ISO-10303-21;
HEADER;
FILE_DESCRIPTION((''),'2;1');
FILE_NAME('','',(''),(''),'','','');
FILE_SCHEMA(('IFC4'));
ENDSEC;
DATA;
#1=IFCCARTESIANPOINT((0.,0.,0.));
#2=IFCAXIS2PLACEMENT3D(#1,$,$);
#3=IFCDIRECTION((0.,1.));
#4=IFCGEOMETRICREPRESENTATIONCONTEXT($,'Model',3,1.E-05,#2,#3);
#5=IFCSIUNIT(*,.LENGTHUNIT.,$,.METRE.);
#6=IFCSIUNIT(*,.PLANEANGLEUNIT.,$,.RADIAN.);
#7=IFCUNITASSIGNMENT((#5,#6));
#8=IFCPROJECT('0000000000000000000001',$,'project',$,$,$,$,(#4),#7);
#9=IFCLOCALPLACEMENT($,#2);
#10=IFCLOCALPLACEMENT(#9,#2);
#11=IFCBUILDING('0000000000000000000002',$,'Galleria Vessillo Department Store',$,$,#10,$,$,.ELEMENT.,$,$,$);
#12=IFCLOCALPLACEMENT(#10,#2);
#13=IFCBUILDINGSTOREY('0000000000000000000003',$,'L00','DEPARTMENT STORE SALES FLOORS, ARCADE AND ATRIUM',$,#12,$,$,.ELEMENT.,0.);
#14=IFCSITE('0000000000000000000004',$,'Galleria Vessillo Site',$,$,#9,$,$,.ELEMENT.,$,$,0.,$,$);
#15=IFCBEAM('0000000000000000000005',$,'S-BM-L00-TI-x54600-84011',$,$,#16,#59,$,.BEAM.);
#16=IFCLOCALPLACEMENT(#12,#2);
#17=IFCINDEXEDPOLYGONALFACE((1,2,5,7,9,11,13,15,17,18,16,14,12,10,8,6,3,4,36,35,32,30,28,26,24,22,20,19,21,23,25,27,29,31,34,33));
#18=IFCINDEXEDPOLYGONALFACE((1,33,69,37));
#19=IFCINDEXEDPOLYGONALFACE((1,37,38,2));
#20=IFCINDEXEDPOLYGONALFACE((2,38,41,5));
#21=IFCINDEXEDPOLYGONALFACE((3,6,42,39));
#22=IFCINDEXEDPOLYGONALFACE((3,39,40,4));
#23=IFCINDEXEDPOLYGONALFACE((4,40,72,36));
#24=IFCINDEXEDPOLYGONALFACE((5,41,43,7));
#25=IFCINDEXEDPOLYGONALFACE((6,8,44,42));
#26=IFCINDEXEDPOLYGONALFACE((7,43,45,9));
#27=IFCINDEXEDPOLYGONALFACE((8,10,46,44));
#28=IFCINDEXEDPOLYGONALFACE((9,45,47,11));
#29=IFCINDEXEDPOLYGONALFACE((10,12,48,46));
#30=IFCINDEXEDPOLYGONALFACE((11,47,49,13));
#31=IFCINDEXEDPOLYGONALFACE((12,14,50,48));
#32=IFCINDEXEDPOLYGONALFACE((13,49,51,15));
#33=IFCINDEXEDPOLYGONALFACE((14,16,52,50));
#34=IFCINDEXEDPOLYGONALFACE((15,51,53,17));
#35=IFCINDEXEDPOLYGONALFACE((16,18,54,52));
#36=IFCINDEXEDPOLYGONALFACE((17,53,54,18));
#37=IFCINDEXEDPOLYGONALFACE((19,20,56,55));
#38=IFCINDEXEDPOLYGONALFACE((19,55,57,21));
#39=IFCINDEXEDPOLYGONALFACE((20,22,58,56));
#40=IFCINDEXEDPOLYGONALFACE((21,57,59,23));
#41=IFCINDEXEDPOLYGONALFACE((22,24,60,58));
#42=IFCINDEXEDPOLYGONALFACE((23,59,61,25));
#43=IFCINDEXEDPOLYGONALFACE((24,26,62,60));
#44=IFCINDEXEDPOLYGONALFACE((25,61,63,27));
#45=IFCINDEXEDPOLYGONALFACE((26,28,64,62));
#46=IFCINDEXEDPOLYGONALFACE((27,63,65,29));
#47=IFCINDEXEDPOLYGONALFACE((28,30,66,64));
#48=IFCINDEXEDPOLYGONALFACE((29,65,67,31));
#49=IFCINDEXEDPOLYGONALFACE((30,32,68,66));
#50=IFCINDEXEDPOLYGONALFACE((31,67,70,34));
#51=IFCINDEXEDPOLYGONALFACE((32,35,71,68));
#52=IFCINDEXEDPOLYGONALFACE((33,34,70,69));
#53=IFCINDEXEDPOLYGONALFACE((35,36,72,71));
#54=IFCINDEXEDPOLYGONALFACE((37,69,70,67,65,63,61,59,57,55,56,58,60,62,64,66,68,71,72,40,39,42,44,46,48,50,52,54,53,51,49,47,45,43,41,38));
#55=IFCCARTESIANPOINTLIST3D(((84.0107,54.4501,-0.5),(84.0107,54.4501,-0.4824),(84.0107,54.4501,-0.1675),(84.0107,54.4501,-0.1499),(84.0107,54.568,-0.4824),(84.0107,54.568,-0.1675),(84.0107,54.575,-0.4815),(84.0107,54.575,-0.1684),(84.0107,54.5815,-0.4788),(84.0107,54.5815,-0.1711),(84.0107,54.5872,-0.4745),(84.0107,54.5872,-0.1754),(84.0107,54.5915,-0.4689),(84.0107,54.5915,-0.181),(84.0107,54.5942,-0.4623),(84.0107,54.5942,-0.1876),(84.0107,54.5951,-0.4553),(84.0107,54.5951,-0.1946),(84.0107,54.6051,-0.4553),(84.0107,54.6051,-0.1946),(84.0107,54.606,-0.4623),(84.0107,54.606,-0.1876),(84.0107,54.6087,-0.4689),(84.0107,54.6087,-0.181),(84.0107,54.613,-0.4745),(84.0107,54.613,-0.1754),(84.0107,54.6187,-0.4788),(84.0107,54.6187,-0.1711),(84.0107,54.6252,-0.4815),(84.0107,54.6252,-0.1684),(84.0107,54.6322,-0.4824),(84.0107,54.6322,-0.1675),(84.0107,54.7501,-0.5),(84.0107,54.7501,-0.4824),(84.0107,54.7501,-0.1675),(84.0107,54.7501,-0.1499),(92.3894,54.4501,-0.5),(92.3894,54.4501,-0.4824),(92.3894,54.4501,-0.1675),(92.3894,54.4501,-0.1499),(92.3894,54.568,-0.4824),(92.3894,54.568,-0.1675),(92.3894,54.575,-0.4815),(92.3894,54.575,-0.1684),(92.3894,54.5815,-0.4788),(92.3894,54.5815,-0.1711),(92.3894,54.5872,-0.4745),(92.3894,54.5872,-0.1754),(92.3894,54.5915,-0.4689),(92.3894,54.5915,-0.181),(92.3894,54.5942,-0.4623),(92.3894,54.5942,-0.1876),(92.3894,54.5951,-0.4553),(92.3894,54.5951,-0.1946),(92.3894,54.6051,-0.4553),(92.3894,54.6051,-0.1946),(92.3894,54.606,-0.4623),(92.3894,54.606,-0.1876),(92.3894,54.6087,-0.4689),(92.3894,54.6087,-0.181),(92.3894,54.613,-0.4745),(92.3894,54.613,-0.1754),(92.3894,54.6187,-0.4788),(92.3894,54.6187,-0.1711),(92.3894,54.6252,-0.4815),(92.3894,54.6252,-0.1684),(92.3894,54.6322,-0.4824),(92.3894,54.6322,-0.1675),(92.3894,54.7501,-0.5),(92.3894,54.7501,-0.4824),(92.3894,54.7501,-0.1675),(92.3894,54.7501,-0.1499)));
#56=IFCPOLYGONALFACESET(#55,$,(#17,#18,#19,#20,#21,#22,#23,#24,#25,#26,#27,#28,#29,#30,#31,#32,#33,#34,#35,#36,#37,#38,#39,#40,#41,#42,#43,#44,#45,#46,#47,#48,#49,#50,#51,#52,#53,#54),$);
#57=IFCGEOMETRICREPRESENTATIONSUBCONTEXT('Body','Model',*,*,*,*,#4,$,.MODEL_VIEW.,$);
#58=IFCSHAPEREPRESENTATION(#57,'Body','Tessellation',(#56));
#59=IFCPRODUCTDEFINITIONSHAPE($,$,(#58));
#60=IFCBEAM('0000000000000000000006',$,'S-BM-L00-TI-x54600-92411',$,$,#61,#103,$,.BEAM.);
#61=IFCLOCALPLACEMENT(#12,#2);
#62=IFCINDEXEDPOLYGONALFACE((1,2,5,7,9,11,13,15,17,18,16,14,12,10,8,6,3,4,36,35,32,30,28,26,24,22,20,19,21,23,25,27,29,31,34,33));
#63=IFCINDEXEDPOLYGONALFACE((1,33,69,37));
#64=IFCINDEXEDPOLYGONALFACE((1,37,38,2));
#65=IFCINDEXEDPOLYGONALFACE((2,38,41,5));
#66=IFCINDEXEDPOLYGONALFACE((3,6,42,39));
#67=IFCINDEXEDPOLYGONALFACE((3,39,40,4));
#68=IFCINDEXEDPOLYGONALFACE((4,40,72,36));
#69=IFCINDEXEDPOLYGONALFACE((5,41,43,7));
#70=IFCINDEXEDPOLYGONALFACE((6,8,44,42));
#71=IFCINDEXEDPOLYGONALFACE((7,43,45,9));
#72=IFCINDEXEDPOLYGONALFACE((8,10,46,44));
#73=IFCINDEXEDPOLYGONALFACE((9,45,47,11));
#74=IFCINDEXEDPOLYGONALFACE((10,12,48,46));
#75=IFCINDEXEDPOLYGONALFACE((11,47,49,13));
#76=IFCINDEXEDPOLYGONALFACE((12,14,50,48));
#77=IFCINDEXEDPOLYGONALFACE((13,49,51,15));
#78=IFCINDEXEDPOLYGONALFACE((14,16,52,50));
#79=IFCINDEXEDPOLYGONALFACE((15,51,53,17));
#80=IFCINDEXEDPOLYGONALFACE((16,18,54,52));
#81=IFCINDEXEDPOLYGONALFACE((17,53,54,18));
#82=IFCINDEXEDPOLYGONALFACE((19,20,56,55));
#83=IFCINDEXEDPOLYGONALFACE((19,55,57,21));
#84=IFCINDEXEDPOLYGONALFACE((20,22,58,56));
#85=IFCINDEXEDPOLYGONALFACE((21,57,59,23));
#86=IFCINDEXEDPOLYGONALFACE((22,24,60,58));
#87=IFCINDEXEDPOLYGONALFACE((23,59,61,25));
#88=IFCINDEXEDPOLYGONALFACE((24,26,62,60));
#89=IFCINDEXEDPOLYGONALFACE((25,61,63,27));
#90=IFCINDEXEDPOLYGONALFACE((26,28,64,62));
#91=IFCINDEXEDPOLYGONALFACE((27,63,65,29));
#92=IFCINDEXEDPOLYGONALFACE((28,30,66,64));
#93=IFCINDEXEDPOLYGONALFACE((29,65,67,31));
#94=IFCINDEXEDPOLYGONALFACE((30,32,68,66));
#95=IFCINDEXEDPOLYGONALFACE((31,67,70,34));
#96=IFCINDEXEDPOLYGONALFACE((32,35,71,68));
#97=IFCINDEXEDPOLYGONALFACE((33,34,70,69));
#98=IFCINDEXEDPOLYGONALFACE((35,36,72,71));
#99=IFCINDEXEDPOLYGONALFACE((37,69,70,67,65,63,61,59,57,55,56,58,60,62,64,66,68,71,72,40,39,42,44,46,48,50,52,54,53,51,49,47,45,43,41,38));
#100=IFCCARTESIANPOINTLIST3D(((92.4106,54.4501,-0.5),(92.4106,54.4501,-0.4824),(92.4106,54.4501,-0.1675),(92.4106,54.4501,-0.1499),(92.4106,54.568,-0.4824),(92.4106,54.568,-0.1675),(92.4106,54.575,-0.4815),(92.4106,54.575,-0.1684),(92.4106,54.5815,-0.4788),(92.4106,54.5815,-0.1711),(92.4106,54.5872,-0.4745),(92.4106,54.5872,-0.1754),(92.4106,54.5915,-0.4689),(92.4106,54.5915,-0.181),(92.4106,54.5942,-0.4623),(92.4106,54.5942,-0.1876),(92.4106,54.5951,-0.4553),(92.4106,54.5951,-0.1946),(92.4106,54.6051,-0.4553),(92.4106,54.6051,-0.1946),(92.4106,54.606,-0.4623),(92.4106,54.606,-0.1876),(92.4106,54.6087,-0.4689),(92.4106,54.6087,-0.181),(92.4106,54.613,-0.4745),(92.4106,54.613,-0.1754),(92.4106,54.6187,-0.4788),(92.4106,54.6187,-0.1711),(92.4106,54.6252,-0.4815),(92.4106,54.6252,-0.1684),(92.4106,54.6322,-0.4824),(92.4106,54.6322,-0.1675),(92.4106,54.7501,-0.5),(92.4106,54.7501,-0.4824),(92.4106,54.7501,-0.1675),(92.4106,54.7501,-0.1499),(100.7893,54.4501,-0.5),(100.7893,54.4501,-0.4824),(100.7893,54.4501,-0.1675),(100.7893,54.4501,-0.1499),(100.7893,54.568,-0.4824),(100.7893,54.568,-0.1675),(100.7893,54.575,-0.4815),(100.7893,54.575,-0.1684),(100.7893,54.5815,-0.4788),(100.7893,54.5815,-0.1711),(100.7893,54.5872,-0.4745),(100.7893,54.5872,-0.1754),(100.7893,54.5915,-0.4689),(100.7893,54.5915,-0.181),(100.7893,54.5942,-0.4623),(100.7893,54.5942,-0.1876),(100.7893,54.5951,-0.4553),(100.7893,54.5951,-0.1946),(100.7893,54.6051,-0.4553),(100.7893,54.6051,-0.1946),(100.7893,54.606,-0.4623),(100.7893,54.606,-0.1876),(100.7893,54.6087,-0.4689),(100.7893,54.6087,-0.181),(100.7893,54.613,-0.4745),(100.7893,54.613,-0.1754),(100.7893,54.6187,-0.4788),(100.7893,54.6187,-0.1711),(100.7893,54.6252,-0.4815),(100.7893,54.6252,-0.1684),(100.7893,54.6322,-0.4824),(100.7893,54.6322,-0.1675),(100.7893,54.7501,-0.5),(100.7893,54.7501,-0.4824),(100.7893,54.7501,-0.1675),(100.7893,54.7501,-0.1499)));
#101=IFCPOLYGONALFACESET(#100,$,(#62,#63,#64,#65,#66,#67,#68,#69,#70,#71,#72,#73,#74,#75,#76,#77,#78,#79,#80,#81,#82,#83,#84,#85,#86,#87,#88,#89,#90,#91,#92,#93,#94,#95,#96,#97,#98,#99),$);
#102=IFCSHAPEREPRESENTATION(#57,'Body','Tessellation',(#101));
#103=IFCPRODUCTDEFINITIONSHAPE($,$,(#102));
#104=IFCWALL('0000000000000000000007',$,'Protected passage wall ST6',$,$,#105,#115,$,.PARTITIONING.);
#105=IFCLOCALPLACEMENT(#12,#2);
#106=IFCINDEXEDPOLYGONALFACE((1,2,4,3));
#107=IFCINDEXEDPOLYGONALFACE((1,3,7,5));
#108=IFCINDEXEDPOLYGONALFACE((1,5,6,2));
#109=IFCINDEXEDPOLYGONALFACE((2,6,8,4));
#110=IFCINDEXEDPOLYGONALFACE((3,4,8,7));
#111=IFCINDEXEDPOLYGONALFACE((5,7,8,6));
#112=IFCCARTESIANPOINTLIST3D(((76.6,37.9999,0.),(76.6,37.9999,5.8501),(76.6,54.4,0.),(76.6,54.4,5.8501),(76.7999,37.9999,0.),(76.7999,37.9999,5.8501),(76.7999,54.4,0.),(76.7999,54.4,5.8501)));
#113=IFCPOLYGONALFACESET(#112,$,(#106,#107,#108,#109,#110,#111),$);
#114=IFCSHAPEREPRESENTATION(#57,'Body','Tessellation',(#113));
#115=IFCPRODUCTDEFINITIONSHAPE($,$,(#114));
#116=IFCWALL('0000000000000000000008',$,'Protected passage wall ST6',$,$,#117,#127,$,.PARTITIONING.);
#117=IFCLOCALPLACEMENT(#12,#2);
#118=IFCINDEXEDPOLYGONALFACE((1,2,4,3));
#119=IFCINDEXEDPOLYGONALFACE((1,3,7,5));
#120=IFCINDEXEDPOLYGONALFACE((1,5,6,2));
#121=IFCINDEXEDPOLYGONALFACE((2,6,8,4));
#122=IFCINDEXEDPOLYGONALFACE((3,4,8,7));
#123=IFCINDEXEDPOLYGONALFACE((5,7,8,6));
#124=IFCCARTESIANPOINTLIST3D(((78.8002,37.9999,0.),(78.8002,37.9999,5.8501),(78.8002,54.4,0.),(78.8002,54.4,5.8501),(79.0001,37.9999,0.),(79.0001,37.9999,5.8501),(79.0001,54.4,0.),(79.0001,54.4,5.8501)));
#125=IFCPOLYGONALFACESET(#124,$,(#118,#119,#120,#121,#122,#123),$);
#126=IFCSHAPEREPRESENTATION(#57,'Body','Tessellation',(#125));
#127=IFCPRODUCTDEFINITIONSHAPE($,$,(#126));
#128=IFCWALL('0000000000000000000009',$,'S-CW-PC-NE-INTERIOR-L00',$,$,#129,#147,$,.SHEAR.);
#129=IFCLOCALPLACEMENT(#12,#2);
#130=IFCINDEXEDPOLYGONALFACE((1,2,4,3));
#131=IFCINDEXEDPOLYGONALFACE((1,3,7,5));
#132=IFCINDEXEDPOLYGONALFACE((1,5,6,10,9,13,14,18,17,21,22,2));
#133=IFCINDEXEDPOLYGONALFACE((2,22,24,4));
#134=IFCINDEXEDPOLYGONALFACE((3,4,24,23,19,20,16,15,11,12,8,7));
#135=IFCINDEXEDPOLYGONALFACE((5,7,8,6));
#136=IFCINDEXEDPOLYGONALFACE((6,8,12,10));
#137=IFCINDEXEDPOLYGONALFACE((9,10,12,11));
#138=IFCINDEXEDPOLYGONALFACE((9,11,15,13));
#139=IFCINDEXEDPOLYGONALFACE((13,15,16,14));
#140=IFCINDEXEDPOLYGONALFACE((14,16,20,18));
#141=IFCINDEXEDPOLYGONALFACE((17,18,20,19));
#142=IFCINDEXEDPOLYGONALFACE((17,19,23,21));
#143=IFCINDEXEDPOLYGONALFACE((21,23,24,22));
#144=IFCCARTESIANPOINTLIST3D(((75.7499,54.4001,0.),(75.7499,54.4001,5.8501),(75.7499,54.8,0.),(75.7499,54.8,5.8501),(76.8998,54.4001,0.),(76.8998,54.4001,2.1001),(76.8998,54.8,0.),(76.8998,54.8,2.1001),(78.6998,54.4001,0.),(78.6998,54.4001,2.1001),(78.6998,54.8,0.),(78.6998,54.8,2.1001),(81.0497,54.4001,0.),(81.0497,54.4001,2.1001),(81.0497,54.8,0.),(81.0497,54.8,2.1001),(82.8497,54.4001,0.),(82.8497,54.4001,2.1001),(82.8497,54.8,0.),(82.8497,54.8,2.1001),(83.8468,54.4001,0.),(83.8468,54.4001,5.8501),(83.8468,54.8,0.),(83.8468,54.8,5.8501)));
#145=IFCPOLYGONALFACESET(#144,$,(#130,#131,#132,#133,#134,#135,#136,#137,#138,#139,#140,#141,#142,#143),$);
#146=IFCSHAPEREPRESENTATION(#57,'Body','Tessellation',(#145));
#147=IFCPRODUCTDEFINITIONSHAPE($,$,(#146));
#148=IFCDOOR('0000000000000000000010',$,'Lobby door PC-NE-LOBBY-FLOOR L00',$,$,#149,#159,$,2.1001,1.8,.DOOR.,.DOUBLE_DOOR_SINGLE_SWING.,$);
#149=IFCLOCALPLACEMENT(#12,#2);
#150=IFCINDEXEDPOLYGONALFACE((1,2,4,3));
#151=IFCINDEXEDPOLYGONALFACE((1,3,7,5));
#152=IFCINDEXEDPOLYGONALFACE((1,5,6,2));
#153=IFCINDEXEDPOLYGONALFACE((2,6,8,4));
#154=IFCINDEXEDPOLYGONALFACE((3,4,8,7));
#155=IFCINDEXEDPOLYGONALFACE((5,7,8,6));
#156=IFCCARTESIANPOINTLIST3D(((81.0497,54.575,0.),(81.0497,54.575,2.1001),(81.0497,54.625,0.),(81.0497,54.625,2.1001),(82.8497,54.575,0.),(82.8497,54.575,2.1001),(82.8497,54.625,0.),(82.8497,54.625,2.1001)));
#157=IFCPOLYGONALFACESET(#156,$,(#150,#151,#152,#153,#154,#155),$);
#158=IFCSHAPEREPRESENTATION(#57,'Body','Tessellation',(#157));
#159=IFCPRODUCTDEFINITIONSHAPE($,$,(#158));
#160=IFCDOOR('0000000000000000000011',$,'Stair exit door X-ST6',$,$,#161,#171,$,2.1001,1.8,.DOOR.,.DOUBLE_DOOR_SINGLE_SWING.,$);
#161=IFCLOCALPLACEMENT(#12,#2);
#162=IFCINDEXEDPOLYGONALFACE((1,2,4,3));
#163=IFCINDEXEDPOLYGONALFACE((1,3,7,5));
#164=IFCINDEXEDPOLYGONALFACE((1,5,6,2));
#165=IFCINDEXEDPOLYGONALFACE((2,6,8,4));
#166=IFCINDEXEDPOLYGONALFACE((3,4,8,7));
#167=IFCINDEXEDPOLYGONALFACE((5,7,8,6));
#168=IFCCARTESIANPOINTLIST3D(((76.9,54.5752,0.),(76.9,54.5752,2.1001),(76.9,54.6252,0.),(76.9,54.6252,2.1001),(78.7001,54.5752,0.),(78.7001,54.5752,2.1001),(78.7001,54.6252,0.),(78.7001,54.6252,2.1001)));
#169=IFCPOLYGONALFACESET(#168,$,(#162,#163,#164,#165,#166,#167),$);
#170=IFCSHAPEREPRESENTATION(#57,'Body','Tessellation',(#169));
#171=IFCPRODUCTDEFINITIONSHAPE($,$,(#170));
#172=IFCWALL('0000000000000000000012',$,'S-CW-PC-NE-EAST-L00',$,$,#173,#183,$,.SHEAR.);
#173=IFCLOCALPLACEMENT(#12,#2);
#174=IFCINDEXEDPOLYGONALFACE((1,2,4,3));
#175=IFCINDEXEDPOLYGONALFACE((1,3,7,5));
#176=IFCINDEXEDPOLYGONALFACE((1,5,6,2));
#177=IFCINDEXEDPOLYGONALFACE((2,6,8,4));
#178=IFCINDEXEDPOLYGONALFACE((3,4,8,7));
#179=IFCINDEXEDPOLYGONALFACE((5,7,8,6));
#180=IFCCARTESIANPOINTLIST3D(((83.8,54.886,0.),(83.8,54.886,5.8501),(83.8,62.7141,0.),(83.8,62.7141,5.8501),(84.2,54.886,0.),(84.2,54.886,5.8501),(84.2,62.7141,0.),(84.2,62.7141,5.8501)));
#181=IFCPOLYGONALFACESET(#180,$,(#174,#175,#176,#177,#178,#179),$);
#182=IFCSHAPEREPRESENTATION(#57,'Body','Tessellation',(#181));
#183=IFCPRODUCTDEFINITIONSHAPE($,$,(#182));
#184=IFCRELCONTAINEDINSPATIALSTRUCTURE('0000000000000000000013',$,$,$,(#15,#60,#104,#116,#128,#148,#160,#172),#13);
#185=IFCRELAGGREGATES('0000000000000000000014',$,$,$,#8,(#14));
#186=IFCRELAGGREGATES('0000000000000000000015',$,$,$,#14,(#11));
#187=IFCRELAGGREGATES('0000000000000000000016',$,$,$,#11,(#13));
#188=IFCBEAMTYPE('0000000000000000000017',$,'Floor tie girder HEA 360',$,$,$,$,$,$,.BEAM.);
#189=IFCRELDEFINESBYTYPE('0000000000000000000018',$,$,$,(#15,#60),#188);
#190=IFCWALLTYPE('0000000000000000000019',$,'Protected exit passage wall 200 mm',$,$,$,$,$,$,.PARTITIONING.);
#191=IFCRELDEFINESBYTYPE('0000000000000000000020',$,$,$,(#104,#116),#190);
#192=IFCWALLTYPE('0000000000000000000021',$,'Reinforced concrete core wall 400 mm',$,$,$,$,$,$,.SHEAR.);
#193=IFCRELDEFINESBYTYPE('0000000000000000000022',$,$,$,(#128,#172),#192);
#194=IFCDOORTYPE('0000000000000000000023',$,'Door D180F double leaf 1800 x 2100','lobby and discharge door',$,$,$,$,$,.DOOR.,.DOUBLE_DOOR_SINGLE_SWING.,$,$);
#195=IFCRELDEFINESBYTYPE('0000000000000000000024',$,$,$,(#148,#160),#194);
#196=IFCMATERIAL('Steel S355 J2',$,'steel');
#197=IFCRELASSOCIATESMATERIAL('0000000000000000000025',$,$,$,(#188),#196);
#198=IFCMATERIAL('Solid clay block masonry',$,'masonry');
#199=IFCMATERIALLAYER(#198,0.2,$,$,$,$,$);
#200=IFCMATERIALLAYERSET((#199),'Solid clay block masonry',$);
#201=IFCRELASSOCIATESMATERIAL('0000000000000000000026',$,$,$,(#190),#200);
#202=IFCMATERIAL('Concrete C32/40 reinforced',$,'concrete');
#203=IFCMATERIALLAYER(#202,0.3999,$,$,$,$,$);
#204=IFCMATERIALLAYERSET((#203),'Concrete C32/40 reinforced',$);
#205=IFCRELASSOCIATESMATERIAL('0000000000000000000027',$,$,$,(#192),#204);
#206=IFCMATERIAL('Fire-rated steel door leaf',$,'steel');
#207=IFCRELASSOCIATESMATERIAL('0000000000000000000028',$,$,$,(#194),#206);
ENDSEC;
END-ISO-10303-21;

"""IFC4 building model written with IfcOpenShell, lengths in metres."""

from ifc_helpers import new_model, si_unit, direction, frame, frame_2d, origin, origin_2d, place, context, subcontext, project, spatial, rectangle, i_section, extrude, material, layer, layer_set, material_profile, profile_set, type_object, element, fill, save


model = new_model("IFC4")

# Units and contexts
model_context = context("Model", 3, precision=1e-05, world=origin(), true_north=direction((0.0, 1.0)))
body_context = subcontext(model_context, "Body", "Model", "MODEL_VIEW")
ifc_project = project(units=[si_unit("LENGTHUNIT", "METRE"), si_unit("PLANEANGLEUNIT", "RADIAN")], contexts=[model_context])

# Site, building, storey
site_placement = place(None, origin())
site = spatial("IfcSite", under=ifc_project, at=site_placement, Name="Galleria Vessillo Site", CompositionType="ELEMENT", RefElevation=0.0)
building_placement = place(site_placement, origin())
building = spatial("IfcBuilding", under=site, at=building_placement, Name="Galleria Vessillo Department Store", CompositionType="ELEMENT")
storey_placement = place(building_placement, origin())
storey = spatial("IfcBuildingStorey", under=building, at=storey_placement, Name="L00", Description="DEPARTMENT STORE SALES FLOORS, ARCADE AND ATRIUM", CompositionType="ELEMENT", Elevation=0.0)

# Beams
ifc_material_1 = material(Name="Steel S355 J2", Category="steel")
ifc_material_profile_1 = material_profile(ifc_material_1, i_section(OverallWidth=0.3, OverallDepth=0.3501, WebThickness=0.01, FlangeThickness=0.0176, FilletRadius=0.0271, at=origin_2d()), Name="HEA 360")
ifc_profile_set_1 = profile_set([ifc_material_profile_1], Name="Steel S355 J2")
beam_type_1 = type_object("IfcBeamType", Name="Floor tie girder HEA 360", PredefinedType="BEAM", material=ifc_profile_set_1)
for number, where, z_axis, x_axis, name in (
    (1, (84.0107, 54.6001, -0.325), (1.0, 0.0, 0.0), (0.0, 1.0, 0.0), "S-BM-L00-TI-x54600-84011"),
    (2, (92.4106, 54.6001, -0.325), (1.0, 0.0, 0.0), (0.0, 1.0, 0.0), "S-BM-L00-TI-x54600-92411"),
):
    element("IfcBeam", number, at=place(storey_placement, frame(where, z_axis=z_axis, x_axis=x_axis)), inside=storey, type_object=beam_type_1, Name=name, PredefinedType="BEAM", context=body_context, shape_type="SweptSolid", body=[
        extrude(i_section(OverallWidth=0.3, OverallDepth=0.3501, WebThickness=0.01, FlangeThickness=0.0176, FilletRadius=0.0271, at=origin_2d()), origin(), (0.0, 0.0, 1.0), 8.3787),
    ])

# Walls
ifc_material_2 = material(Name="Solid clay block masonry", Category="masonry")
ifc_layer_1 = layer(ifc_material_2, 0.2)
ifc_layer_set_1 = layer_set([ifc_layer_1], Name="Solid clay block masonry")
wall_type_1 = type_object("IfcWallType", Name="Protected exit passage wall 200 mm", PredefinedType="PARTITIONING", material=ifc_layer_set_1)
for number, where, z_axis, x_axis, name in (
    (3, (76.7, 54.4001, 0.0), (0.0, 0.0, 1.0), (0.0, -1.0, 0.0), "Protected passage wall ST6"),
    (4, (78.9001, 54.4001, 0.0), (0.0, 0.0, 1.0), (0.0, -1.0, 0.0), "Protected passage wall ST6"),
):
    element("IfcWall", number, at=place(storey_placement, frame(where, z_axis=z_axis, x_axis=x_axis)), inside=storey, type_object=wall_type_1, Name=name, PredefinedType="PARTITIONING", context=body_context, shape_type="SweptSolid", body=[
        extrude(rectangle(XDim=16.4001, YDim=0.2, at=frame_2d((8.2002, 0.0))), origin(), (0.0, 0.0, 1.0), 5.8501),
    ])

# Wall, openings, doors
ifc_material_3 = material(Name="Concrete C32/40 reinforced", Category="concrete")
ifc_layer_2 = layer(ifc_material_3, 0.3999)
ifc_layer_set_2 = layer_set([ifc_layer_2], Name="Concrete C32/40 reinforced")
wall_type_2 = type_object("IfcWallType", Name="Reinforced concrete core wall 400 mm", PredefinedType="SHEAR", material=ifc_layer_set_2)
wall_1_placement = place(storey_placement, frame((75.75, 54.6001, 0.0), z_axis=(0.0, 0.0, 1.0), x_axis=(1.0, 0.0, 0.0)))
wall_1 = element("IfcWall", 5, at=wall_1_placement, inside=storey, type_object=wall_type_2, Name="S-CW-PC-NE-INTERIOR-L00", PredefinedType="SHEAR", context=body_context, shape_type="SweptSolid", body=[
    extrude(rectangle(XDim=8.0969, YDim=0.3999, at=frame_2d((4.0483, 0.0))), origin(), (0.0, 0.0, 1.0), 5.8501),
])
opening_1_placement = place(wall_1_placement, frame((5.2998, 0.0, 0.0)))
opening_1 = element("IfcOpeningElement", 6, at=opening_1_placement, cuts=wall_1, PredefinedType="OPENING", context=body_context, shape_type="SweptSolid", body=[
    extrude(rectangle(XDim=1.8, YDim=2.1001, at=frame_2d((0.8999, 1.05))), frame((0.0, 0.21, 0.0), z_axis=(0.0, -1.0, 0.0), x_axis=(1.0, 0.0, 0.0)), (0.0, 0.0, 1.0), 0.4199),
])
opening_2_placement = place(wall_1_placement, frame((1.1499, 0.0, 0.0)))
opening_2 = element("IfcOpeningElement", 7, at=opening_2_placement, cuts=wall_1, PredefinedType="OPENING", context=body_context, shape_type="SweptSolid", body=[
    extrude(rectangle(XDim=1.8, YDim=2.1001, at=frame_2d((0.8999, 1.05))), frame((0.0, 0.21, 0.0), z_axis=(0.0, -1.0, 0.0), x_axis=(1.0, 0.0, 0.0)), (0.0, 0.0, 1.0), 0.4199),
])
ifc_material_4 = material(Name="Fire-rated steel door leaf", Category="steel")
door_type_1 = type_object("IfcDoorType", Name="Door D180F double leaf 1800 x 2100", Description="lobby and discharge door", OperationType="DOUBLE_DOOR_SINGLE_SWING", PredefinedType="DOOR", material=ifc_material_4)
door_1_placement = place(opening_1_placement, origin())
door_1 = element("IfcDoor", 8, at=door_1_placement, inside=storey, type_object=door_type_1, Name="Lobby door PC-NE-LOBBY-FLOOR L00", OperationType="DOUBLE_DOOR_SINGLE_SWING", OverallHeight=2.1001, OverallWidth=1.8, PredefinedType="DOOR", context=body_context, shape_type="SweptSolid", body=[
    extrude(rectangle(XDim=1.8, YDim=2.1001, at=frame_2d((0.8999, 1.05))), frame((0.0, 0.0249, 0.0), z_axis=(0.0, -1.0, 0.0), x_axis=(1.0, 0.0, 0.0)), (0.0, 0.0, 1.0), 0.05),
])
fill(opening_1, door_1)
door_2_placement = place(opening_2_placement, frame((1.8, 0.0, 0.0), z_axis=(0.0, 0.0, 1.0), x_axis=(-1.0, 0.0, 0.0)))
door_2 = element("IfcDoor", 9, at=door_2_placement, inside=storey, type_object=door_type_1, Name="Stair exit door X-ST6", OperationType="DOUBLE_DOOR_SINGLE_SWING", OverallHeight=2.1001, OverallWidth=1.8, PredefinedType="DOOR", context=body_context, shape_type="SweptSolid", body=[
    extrude(rectangle(XDim=1.8, YDim=2.1001, at=frame_2d((0.8999, 1.05))), frame((0.0, 0.0249, 0.0), z_axis=(0.0, -1.0, 0.0), x_axis=(1.0, 0.0, 0.0)), (0.0, 0.0, 1.0), 0.05),
])
fill(opening_2, door_2)

# Wall
wall_2_placement = place(storey_placement, frame((84.0, 54.886, 0.0), z_axis=(0.0, 0.0, 1.0), x_axis=(0.0, 1.0, 0.0)))
element("IfcWall", 10, at=wall_2_placement, inside=storey, type_object=wall_type_2, Name="S-CW-PC-NE-EAST-L00", PredefinedType="SHEAR", context=body_context, shape_type="SweptSolid", body=[
    extrude(rectangle(XDim=7.8281, YDim=0.3999, at=frame_2d((3.9141, 0.0))), origin(), (0.0, 0.0, 1.0), 5.8501),
])

save(model, "model.ifc")
